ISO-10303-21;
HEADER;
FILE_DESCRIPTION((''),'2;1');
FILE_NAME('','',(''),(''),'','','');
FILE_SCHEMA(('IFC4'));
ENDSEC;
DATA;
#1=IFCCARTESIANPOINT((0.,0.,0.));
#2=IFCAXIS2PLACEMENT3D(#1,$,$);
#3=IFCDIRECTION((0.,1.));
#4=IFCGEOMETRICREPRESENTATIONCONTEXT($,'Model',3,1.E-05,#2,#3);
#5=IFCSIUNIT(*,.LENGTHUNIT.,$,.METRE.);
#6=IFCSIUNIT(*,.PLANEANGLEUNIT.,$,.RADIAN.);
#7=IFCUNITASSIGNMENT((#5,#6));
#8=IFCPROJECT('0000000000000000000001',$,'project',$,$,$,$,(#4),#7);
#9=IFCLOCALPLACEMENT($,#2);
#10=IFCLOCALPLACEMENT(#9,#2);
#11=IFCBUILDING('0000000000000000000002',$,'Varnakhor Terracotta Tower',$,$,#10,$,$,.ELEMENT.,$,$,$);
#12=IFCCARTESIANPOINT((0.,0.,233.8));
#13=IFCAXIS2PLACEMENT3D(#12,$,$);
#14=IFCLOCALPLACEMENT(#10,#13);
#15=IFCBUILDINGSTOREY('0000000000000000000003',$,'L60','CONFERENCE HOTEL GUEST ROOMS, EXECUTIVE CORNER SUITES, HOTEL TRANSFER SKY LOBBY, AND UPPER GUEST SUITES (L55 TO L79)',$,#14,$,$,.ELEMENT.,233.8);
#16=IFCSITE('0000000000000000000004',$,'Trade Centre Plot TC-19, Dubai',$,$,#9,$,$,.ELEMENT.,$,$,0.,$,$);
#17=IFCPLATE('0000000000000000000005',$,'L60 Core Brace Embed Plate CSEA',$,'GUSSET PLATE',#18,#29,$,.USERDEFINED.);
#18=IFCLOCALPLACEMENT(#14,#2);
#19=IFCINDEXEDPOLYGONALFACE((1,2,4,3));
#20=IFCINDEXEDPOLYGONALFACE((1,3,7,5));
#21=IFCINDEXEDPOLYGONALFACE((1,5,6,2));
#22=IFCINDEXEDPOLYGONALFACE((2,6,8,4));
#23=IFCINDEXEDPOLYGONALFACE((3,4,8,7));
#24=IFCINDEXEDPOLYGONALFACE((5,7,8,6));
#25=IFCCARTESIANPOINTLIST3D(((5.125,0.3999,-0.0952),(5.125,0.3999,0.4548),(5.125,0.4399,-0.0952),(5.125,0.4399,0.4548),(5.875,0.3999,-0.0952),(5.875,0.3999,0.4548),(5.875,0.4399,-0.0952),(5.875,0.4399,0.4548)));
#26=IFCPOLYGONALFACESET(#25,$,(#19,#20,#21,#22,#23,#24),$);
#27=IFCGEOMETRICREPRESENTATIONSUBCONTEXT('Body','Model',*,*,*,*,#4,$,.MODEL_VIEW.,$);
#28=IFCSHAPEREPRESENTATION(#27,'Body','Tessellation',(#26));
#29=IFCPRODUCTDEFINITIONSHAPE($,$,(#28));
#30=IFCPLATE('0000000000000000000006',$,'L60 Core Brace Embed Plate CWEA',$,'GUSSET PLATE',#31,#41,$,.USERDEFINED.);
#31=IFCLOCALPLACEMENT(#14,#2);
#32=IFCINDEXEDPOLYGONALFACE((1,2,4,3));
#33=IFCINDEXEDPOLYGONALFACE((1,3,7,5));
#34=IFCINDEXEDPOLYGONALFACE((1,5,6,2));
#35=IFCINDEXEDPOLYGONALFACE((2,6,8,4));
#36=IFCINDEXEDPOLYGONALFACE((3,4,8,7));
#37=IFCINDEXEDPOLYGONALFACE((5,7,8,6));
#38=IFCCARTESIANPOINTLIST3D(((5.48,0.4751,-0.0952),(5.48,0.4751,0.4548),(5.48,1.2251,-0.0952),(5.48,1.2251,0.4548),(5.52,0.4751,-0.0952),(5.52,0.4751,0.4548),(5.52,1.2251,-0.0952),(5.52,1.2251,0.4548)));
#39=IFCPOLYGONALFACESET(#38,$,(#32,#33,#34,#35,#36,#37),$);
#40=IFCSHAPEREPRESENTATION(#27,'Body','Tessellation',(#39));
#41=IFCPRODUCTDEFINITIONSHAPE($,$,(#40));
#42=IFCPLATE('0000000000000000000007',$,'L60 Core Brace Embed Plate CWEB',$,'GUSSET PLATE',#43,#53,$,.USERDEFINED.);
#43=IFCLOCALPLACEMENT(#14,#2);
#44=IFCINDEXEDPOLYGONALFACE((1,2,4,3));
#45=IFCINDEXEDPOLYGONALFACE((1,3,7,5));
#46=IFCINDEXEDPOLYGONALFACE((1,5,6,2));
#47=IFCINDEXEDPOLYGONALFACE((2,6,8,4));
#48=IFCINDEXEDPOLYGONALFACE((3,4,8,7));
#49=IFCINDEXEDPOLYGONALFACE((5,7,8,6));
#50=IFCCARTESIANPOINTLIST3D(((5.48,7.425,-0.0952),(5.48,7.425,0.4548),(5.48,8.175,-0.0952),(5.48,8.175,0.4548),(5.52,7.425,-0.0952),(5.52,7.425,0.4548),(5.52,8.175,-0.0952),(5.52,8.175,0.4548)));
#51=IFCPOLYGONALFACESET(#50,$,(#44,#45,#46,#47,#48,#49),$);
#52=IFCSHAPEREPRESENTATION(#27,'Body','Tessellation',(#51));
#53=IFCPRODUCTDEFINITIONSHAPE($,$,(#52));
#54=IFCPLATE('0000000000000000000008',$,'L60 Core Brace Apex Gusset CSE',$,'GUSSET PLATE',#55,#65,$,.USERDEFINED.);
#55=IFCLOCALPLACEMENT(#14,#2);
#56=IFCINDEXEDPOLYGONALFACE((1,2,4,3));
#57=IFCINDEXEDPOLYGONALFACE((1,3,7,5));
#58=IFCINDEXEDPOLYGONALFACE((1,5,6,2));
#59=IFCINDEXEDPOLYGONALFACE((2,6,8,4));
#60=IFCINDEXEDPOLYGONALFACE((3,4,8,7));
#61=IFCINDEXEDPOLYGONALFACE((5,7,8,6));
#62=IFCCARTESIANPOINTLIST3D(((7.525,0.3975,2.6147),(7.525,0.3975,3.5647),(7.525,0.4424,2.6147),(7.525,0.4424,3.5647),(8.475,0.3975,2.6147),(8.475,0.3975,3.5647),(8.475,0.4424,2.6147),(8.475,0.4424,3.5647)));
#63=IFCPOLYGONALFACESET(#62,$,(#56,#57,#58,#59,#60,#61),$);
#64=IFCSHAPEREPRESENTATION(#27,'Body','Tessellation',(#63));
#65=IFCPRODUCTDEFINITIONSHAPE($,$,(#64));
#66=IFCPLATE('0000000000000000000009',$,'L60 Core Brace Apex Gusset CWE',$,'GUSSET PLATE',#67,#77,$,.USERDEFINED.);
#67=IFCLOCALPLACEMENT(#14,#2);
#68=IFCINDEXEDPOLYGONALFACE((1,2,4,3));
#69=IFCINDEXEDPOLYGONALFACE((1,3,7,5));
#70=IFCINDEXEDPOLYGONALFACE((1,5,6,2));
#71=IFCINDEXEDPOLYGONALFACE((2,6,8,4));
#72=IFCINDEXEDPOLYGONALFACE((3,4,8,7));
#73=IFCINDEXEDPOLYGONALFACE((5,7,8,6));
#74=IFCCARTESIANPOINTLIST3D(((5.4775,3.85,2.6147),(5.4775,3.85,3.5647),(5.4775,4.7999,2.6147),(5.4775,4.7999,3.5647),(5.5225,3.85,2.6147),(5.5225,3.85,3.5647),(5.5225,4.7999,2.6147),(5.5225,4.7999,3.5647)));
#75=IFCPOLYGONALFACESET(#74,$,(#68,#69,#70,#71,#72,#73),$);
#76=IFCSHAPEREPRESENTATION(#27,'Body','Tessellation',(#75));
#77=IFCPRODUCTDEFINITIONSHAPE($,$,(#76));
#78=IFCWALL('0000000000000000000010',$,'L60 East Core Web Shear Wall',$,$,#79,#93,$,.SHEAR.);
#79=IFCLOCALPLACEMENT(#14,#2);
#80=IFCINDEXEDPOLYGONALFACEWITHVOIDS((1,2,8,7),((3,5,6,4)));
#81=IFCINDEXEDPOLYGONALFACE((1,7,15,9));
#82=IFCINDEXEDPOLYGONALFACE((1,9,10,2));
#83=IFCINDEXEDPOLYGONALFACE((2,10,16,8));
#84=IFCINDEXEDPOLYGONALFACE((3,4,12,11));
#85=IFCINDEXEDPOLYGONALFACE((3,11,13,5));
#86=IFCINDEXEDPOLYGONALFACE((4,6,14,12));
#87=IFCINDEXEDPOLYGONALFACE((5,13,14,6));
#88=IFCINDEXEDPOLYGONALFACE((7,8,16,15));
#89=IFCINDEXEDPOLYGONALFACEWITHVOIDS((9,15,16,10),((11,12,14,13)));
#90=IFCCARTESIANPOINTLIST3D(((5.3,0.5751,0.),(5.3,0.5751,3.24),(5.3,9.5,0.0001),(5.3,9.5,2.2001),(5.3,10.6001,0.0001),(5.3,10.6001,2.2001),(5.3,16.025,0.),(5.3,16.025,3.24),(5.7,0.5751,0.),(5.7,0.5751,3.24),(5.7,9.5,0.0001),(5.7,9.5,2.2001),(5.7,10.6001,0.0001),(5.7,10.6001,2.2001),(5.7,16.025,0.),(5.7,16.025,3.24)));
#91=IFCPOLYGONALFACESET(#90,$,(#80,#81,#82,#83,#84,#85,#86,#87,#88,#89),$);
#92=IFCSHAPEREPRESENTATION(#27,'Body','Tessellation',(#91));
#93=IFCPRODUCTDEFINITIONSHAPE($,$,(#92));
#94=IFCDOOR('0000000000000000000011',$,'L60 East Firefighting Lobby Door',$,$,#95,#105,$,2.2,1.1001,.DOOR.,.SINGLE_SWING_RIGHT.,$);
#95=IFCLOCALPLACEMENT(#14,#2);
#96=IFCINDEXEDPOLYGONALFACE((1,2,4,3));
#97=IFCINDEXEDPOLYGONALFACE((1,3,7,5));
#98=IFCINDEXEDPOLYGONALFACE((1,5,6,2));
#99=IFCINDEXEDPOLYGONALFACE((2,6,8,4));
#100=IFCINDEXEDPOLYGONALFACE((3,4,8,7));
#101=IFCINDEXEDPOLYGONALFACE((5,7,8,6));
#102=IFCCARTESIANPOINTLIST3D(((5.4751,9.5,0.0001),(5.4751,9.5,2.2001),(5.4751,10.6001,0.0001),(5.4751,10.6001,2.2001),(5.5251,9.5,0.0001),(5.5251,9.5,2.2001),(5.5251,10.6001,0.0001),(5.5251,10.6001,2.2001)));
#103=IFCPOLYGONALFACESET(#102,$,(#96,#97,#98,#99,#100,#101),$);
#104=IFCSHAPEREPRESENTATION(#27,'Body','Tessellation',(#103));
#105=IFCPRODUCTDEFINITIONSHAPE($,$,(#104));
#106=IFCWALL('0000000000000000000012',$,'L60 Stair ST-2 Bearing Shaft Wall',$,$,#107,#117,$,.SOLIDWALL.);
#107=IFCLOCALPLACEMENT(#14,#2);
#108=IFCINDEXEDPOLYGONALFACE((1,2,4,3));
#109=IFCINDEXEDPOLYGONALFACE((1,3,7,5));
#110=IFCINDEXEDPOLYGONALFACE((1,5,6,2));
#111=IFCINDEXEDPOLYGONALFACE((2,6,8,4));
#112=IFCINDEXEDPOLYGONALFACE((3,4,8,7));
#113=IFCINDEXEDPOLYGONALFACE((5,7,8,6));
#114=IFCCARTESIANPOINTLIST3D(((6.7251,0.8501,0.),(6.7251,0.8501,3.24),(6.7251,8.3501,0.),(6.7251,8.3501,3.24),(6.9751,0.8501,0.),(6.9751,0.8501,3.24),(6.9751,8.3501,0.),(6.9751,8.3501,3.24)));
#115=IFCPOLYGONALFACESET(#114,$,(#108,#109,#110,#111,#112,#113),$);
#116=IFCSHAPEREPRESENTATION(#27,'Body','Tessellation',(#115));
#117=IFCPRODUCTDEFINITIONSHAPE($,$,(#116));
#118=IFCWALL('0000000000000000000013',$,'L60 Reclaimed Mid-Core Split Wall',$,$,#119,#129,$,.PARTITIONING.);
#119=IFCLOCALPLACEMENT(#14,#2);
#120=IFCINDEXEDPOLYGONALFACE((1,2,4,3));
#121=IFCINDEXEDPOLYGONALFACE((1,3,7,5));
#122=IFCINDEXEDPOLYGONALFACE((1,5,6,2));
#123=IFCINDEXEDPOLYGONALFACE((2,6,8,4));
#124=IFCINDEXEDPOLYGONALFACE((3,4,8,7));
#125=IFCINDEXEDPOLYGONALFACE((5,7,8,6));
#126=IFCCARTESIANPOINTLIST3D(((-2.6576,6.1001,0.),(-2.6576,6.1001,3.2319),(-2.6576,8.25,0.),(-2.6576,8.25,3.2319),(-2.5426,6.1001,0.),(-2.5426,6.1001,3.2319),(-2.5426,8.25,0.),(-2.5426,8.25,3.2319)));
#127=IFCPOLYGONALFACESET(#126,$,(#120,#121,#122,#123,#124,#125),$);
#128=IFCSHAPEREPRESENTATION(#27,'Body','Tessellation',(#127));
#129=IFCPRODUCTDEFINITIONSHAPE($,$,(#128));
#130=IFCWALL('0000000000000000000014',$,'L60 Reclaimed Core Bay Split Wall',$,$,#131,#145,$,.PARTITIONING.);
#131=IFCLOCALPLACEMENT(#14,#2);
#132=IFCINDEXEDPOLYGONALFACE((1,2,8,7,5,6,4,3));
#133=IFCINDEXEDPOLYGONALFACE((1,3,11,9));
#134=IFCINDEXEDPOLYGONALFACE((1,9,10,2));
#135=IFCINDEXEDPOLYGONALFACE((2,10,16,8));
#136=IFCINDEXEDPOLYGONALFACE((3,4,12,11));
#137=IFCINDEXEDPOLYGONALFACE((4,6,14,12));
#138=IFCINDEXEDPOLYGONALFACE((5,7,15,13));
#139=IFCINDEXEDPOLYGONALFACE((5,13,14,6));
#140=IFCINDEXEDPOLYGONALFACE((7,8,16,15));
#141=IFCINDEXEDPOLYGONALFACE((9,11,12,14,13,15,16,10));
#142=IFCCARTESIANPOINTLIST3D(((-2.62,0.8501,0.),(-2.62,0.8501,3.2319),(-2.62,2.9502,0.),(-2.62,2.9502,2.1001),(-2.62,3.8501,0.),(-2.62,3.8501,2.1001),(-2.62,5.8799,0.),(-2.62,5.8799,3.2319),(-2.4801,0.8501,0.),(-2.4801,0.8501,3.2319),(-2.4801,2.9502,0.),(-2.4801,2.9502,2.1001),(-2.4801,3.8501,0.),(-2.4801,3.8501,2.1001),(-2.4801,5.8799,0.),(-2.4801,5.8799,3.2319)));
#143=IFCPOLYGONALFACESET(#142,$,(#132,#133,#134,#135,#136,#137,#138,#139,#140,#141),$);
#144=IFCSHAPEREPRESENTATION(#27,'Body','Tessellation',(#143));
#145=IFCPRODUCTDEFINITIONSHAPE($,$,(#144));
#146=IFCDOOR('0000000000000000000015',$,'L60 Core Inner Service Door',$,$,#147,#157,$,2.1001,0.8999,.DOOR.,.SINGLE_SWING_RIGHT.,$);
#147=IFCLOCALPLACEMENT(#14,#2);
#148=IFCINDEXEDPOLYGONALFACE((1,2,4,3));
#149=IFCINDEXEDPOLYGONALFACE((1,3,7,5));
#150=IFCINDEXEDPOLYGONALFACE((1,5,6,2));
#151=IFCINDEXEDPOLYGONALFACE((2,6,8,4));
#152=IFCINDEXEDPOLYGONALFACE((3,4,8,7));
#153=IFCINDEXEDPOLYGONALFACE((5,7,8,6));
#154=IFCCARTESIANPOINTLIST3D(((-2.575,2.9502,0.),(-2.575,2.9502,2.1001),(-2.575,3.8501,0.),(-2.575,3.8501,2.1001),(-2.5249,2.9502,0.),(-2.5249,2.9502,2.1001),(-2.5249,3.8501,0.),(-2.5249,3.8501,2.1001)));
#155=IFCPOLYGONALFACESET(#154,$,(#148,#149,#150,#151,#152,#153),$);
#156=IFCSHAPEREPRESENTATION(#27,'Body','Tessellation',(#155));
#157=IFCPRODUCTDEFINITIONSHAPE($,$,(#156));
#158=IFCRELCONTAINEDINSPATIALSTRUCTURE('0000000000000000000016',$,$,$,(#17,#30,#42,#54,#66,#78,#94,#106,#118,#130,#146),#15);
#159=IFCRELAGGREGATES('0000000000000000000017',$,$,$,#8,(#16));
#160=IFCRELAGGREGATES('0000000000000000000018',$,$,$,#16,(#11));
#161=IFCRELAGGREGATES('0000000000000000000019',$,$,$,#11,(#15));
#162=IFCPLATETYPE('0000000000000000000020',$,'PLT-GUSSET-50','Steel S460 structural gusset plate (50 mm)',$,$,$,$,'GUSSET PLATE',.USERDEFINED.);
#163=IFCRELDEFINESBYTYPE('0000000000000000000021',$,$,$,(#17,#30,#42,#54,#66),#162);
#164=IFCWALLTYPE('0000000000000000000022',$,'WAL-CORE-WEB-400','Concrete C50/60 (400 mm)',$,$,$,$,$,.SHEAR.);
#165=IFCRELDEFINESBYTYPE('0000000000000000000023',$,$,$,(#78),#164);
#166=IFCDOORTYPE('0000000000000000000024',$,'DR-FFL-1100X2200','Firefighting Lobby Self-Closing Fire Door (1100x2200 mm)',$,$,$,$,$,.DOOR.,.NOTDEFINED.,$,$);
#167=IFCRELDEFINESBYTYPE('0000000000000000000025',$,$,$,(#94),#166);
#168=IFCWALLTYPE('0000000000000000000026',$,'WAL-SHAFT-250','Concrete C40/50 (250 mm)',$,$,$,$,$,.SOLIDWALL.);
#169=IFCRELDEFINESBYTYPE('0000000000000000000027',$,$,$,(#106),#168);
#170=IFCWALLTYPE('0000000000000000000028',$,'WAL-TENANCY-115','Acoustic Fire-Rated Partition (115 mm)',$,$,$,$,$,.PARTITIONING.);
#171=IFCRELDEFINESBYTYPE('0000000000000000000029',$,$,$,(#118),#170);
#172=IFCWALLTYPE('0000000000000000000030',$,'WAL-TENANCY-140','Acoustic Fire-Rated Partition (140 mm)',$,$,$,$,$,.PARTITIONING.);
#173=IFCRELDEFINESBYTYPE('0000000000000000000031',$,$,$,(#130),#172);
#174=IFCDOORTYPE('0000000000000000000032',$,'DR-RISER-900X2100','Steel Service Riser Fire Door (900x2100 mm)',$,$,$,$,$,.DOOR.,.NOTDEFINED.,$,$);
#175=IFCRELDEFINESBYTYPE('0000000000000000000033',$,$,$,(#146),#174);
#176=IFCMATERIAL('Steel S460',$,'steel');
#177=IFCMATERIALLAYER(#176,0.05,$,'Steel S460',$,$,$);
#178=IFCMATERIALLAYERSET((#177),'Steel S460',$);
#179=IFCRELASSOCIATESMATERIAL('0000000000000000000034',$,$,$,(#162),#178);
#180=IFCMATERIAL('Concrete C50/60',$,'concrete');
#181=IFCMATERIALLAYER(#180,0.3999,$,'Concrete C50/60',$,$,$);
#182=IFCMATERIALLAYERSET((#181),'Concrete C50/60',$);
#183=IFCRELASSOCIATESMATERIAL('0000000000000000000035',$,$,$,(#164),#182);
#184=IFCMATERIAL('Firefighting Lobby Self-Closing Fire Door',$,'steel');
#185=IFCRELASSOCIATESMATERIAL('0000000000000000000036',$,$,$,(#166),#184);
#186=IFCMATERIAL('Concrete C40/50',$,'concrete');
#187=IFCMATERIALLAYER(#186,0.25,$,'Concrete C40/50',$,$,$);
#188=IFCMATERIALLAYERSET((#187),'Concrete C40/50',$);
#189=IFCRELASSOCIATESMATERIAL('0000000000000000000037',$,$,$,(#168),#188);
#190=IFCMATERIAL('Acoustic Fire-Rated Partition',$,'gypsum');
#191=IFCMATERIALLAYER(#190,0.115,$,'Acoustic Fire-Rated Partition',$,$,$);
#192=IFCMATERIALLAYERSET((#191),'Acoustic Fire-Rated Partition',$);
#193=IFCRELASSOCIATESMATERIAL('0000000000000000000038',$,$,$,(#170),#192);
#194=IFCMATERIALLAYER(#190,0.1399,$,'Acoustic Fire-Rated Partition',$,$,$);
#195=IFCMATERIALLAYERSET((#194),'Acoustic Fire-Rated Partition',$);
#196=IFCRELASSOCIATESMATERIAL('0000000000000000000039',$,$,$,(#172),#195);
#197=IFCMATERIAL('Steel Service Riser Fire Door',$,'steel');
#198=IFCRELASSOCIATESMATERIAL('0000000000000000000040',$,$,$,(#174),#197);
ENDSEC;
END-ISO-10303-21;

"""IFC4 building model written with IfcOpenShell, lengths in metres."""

from ifc_helpers import new_model, si_unit, direction, frame, frame_2d, origin, origin_2d, place, context, subcontext, project, spatial, rectangle, extrude, source, transform, mapped, material, layer, layer_set, type_object, type_shapes, element, fill, save


model = new_model("IFC4")

# Units and contexts
model_context = context("Model", 3, precision=1e-05, world=origin(), true_north=direction((0.0, 1.0)))
body_context = subcontext(model_context, "Body", "Model", "MODEL_VIEW")
ifc_project = project(units=[si_unit("LENGTHUNIT", "METRE"), si_unit("PLANEANGLEUNIT", "RADIAN")], contexts=[model_context])

# Site, building, storey
site_placement = place(None, origin())
site = spatial("IfcSite", under=ifc_project, at=site_placement, Name="Trade Centre Plot TC-19, Dubai", CompositionType="ELEMENT", RefElevation=0.0)
building_placement = place(site_placement, origin())
building = spatial("IfcBuilding", under=site, at=building_placement, Name="Varnakhor Terracotta Tower", CompositionType="ELEMENT")
storey_placement = place(building_placement, frame((0.0, 0.0, 233.8)))
storey = spatial("IfcBuildingStorey", under=building, at=storey_placement, Name="L60", Description="CONFERENCE HOTEL GUEST ROOMS, EXECUTIVE CORNER SUITES, HOTEL TRANSFER SKY LOBBY, AND UPPER GUEST SUITES (L55 TO L79)", CompositionType="ELEMENT", Elevation=233.8)

# Shared definitions
ifc_material_1 = material(Name="Concrete C50/60", Category="concrete")

# Shared definitions
ifc_material_2 = material(Name="Concrete C40/50", Category="concrete")

# Plates
ifc_material_3 = material(Name="Steel S460", Category="steel")
ifc_layer_1 = layer(ifc_material_3, 0.05, Name="Steel S460")
ifc_layer_set_1 = layer_set([ifc_layer_1], Name="Steel S460")
plate_type = type_object("IfcPlateType", Name="PLT-GUSSET-50", Description="Steel S460 structural gusset plate (50 mm)", ElementType="GUSSET PLATE", PredefinedType="USERDEFINED", material=ifc_layer_set_1)
shared_shape_1 = source(origin(), body_context, "Body", "SweptSolid", [
    extrude(rectangle(XDim=0.75, YDim=0.04, at=origin_2d()), origin(), (0.0, 0.0, 1.0), 0.55),
])
type_shapes(plate_type, [shared_shape_1])
for number, where, z_axis, x_axis, name in (
    (1, (5.5, 0.4199, -0.0952), (0.0, 0.0, 1.0), (1.0, 0.0, 0.0), "L60 Core Brace Embed Plate CSEA"),
    (2, (5.5, 0.8501, -0.0952), (0.0, 0.0, 1.0), (0.0, 1.0, 0.0), "L60 Core Brace Embed Plate CWEA"),
    (3, (5.5, 7.8, -0.0952), (0.0, 0.0, 1.0), (0.0, 1.0, 0.0), "L60 Core Brace Embed Plate CWEB"),
):
    element("IfcPlate", number, at=place(storey_placement, frame(where, z_axis=z_axis, x_axis=x_axis)), inside=storey, type_object=plate_type, Name=name, ObjectType="GUSSET PLATE", PredefinedType="USERDEFINED", context=body_context, shape_type="MappedRepresentation", body=[
        mapped(shared_shape_1, transform((0.0, 0.0, 0.0), scale=1.0)),
    ])
shared_shape_2 = source(origin(), body_context, "Body", "SweptSolid", [
    extrude(rectangle(XDim=0.95, YDim=0.0449, at=origin_2d()), origin(), (0.0, 0.0, 1.0), 0.95),
])
for number, where, z_axis, x_axis, name in (
    (4, (8.0, 0.4199, 2.6147), (0.0, 0.0, 1.0), (1.0, 0.0, 0.0), "L60 Core Brace Apex Gusset CSE"),
    (5, (5.5, 4.325, 2.6147), (0.0, 0.0, 1.0), (0.0, 1.0, 0.0), "L60 Core Brace Apex Gusset CWE"),
):
    element("IfcPlate", number, at=place(storey_placement, frame(where, z_axis=z_axis, x_axis=x_axis)), inside=storey, type_object=plate_type, Name=name, ObjectType="GUSSET PLATE", PredefinedType="USERDEFINED", context=body_context, shape_type="MappedRepresentation", body=[
        mapped(shared_shape_2, transform((0.0, 0.0, 0.0), scale=1.0)),
    ])

# Wall, opening, door
ifc_layer_2 = layer(ifc_material_1, 0.3999, Name="Concrete C50/60")
ifc_layer_set_2 = layer_set([ifc_layer_2], Name="Concrete C50/60")
wall_type_1 = type_object("IfcWallType", Name="WAL-CORE-WEB-400", Description="Concrete C50/60 (400 mm)", PredefinedType="SHEAR", material=ifc_layer_set_2)
wall_1_placement = place(storey_placement, frame((5.5, 0.575, 0.0), z_axis=(0.0, 0.0, 1.0), x_axis=(0.0, 1.0, 0.0)))
wall_1 = element("IfcWall", 6, at=wall_1_placement, inside=storey, type_object=wall_type_1, Name="L60 East Core Web Shear Wall", PredefinedType="SHEAR", context=body_context, shape_type="SweptSolid", body=[
    extrude(rectangle(XDim=15.45, YDim=0.3999, at=frame_2d((7.7251, 0.0))), origin(), (0.0, 0.0, 1.0), 3.24),
])
opening_1_placement = place(wall_1_placement, frame((8.925, 0.0, 0.0)))
opening_1 = element("IfcOpeningElement", 7, at=opening_1_placement, cuts=wall_1, PredefinedType="OPENING", context=body_context, shape_type="SweptSolid", body=[
    extrude(rectangle(XDim=1.1001, YDim=2.2, at=frame_2d((0.55, 1.1001))), frame((0.0, 0.21, 0.0), z_axis=(0.0, -1.0, 0.0), x_axis=(1.0, 0.0, 0.0)), (0.0, 0.0, 1.0), 0.4199),
])
ifc_material_4 = material(Name="Firefighting Lobby Self-Closing Fire Door", Category="steel")
door_type_1 = type_object("IfcDoorType", Name="DR-FFL-1100X2200", Description="Firefighting Lobby Self-Closing Fire Door (1100x2200 mm)", OperationType="NOTDEFINED", PredefinedType="DOOR", material=ifc_material_4)
shared_shape_3 = source(origin(), body_context, "Body", "SweptSolid", [
    extrude(rectangle(XDim=1.1001, YDim=2.2, at=frame_2d((0.55, 1.1001))), frame((0.0, 0.0249, 0.0), z_axis=(0.0, -1.0, 0.0), x_axis=(1.0, 0.0, 0.0)), (0.0, 0.0, 1.0), 0.05),
])
type_shapes(door_type_1, [shared_shape_3])
door_1_placement = place(opening_1_placement, origin())
door_1 = element("IfcDoor", 8, at=door_1_placement, inside=storey, type_object=door_type_1, Name="L60 East Firefighting Lobby Door", OperationType="SINGLE_SWING_RIGHT", OverallHeight=2.2, OverallWidth=1.1001, PredefinedType="DOOR", context=body_context, shape_type="MappedRepresentation", body=[
    mapped(shared_shape_3, transform((0.0, 0.0, 0.0), scale=1.0)),
])
fill(opening_1, door_1)

# Walls
ifc_layer_3 = layer(ifc_material_2, 0.25, Name="Concrete C40/50")
ifc_layer_set_3 = layer_set([ifc_layer_3], Name="Concrete C40/50")
wall_type_2 = type_object("IfcWallType", Name="WAL-SHAFT-250", Description="Concrete C40/50 (250 mm)", PredefinedType="SOLIDWALL", material=ifc_layer_set_3)
wall_2_placement = place(storey_placement, frame((6.8501, 0.8501, 0.0), z_axis=(0.0, 0.0, 1.0), x_axis=(0.0, 1.0, 0.0)))
element("IfcWall", 9, at=wall_2_placement, inside=storey, type_object=wall_type_2, Name="L60 Stair ST-2 Bearing Shaft Wall", PredefinedType="SOLIDWALL", context=body_context, shape_type="SweptSolid", body=[
    extrude(rectangle(XDim=7.5, YDim=0.25, at=frame_2d((3.75, 0.0))), origin(), (0.0, 0.0, 1.0), 3.24),
])
ifc_material_5 = material(Name="Acoustic Fire-Rated Partition", Category="gypsum")
ifc_layer_4 = layer(ifc_material_5, 0.115, Name="Acoustic Fire-Rated Partition")
ifc_layer_set_4 = layer_set([ifc_layer_4], Name="Acoustic Fire-Rated Partition")
wall_type_3 = type_object("IfcWallType", Name="WAL-TENANCY-115", Description="Acoustic Fire-Rated Partition (115 mm)", PredefinedType="PARTITIONING", material=ifc_layer_set_4)
wall_3_placement = place(storey_placement, frame((-2.6001, 6.1001, 0.0), z_axis=(0.0, 0.0, 1.0), x_axis=(0.0, 1.0, 0.0)))
element("IfcWall", 10, at=wall_3_placement, inside=storey, type_object=wall_type_3, Name="L60 Reclaimed Mid-Core Split Wall", PredefinedType="PARTITIONING", context=body_context, shape_type="SweptSolid", body=[
    extrude(rectangle(XDim=2.1499, YDim=0.115, at=frame_2d((1.075, 0.0))), origin(), (0.0, 0.0, 1.0), 3.2319),
])

# Wall, opening, door
ifc_layer_5 = layer(ifc_material_5, 0.1399, Name="Acoustic Fire-Rated Partition")
ifc_layer_set_5 = layer_set([ifc_layer_5], Name="Acoustic Fire-Rated Partition")
wall_type_4 = type_object("IfcWallType", Name="WAL-TENANCY-140", Description="Acoustic Fire-Rated Partition (140 mm)", PredefinedType="PARTITIONING", material=ifc_layer_set_5)
wall_4_placement = place(storey_placement, frame((-2.55, 0.8501, 0.0), z_axis=(0.0, 0.0, 1.0), x_axis=(0.0, 1.0, 0.0)))
wall_4 = element("IfcWall", 11, at=wall_4_placement, inside=storey, type_object=wall_type_4, Name="L60 Reclaimed Core Bay Split Wall", PredefinedType="PARTITIONING", context=body_context, shape_type="SweptSolid", body=[
    extrude(rectangle(XDim=5.0298, YDim=0.1399, at=frame_2d((2.5149, 0.0))), origin(), (0.0, 0.0, 1.0), 3.2319),
])
opening_2_placement = place(wall_4_placement, frame((2.1001, 0.0, 0.0)))
opening_2 = element("IfcOpeningElement", 12, at=opening_2_placement, cuts=wall_4, PredefinedType="OPENING", context=body_context, shape_type="SweptSolid", body=[
    extrude(rectangle(XDim=0.8999, YDim=2.1001, at=frame_2d((0.45, 1.05))), frame((0.0, 0.0801, 0.0), z_axis=(0.0, -1.0, 0.0), x_axis=(1.0, 0.0, 0.0)), (0.0, 0.0, 1.0), 0.1599),
])
ifc_material_6 = material(Name="Steel Service Riser Fire Door", Category="steel")
door_type_2 = type_object("IfcDoorType", Name="DR-RISER-900X2100", Description="Steel Service Riser Fire Door (900x2100 mm)", OperationType="NOTDEFINED", PredefinedType="DOOR", material=ifc_material_6)
shared_shape_4 = source(origin(), body_context, "Body", "SweptSolid", [
    extrude(rectangle(XDim=0.8999, YDim=2.1001, at=frame_2d((0.45, 1.05))), frame((0.0, 0.0249, 0.0), z_axis=(0.0, -1.0, 0.0), x_axis=(1.0, 0.0, 0.0)), (0.0, 0.0, 1.0), 0.05),
])
type_shapes(door_type_2, [shared_shape_4])
door_2_placement = place(opening_2_placement, origin())
door_2 = element("IfcDoor", 13, at=door_2_placement, inside=storey, type_object=door_type_2, Name="L60 Core Inner Service Door", OperationType="SINGLE_SWING_RIGHT", OverallHeight=2.1001, OverallWidth=0.8999, PredefinedType="DOOR", context=body_context, shape_type="MappedRepresentation", body=[
    mapped(shared_shape_4, transform((0.0, 0.0, 0.0), scale=1.0)),
])
fill(opening_2, door_2)

save(model, "model.ifc")
